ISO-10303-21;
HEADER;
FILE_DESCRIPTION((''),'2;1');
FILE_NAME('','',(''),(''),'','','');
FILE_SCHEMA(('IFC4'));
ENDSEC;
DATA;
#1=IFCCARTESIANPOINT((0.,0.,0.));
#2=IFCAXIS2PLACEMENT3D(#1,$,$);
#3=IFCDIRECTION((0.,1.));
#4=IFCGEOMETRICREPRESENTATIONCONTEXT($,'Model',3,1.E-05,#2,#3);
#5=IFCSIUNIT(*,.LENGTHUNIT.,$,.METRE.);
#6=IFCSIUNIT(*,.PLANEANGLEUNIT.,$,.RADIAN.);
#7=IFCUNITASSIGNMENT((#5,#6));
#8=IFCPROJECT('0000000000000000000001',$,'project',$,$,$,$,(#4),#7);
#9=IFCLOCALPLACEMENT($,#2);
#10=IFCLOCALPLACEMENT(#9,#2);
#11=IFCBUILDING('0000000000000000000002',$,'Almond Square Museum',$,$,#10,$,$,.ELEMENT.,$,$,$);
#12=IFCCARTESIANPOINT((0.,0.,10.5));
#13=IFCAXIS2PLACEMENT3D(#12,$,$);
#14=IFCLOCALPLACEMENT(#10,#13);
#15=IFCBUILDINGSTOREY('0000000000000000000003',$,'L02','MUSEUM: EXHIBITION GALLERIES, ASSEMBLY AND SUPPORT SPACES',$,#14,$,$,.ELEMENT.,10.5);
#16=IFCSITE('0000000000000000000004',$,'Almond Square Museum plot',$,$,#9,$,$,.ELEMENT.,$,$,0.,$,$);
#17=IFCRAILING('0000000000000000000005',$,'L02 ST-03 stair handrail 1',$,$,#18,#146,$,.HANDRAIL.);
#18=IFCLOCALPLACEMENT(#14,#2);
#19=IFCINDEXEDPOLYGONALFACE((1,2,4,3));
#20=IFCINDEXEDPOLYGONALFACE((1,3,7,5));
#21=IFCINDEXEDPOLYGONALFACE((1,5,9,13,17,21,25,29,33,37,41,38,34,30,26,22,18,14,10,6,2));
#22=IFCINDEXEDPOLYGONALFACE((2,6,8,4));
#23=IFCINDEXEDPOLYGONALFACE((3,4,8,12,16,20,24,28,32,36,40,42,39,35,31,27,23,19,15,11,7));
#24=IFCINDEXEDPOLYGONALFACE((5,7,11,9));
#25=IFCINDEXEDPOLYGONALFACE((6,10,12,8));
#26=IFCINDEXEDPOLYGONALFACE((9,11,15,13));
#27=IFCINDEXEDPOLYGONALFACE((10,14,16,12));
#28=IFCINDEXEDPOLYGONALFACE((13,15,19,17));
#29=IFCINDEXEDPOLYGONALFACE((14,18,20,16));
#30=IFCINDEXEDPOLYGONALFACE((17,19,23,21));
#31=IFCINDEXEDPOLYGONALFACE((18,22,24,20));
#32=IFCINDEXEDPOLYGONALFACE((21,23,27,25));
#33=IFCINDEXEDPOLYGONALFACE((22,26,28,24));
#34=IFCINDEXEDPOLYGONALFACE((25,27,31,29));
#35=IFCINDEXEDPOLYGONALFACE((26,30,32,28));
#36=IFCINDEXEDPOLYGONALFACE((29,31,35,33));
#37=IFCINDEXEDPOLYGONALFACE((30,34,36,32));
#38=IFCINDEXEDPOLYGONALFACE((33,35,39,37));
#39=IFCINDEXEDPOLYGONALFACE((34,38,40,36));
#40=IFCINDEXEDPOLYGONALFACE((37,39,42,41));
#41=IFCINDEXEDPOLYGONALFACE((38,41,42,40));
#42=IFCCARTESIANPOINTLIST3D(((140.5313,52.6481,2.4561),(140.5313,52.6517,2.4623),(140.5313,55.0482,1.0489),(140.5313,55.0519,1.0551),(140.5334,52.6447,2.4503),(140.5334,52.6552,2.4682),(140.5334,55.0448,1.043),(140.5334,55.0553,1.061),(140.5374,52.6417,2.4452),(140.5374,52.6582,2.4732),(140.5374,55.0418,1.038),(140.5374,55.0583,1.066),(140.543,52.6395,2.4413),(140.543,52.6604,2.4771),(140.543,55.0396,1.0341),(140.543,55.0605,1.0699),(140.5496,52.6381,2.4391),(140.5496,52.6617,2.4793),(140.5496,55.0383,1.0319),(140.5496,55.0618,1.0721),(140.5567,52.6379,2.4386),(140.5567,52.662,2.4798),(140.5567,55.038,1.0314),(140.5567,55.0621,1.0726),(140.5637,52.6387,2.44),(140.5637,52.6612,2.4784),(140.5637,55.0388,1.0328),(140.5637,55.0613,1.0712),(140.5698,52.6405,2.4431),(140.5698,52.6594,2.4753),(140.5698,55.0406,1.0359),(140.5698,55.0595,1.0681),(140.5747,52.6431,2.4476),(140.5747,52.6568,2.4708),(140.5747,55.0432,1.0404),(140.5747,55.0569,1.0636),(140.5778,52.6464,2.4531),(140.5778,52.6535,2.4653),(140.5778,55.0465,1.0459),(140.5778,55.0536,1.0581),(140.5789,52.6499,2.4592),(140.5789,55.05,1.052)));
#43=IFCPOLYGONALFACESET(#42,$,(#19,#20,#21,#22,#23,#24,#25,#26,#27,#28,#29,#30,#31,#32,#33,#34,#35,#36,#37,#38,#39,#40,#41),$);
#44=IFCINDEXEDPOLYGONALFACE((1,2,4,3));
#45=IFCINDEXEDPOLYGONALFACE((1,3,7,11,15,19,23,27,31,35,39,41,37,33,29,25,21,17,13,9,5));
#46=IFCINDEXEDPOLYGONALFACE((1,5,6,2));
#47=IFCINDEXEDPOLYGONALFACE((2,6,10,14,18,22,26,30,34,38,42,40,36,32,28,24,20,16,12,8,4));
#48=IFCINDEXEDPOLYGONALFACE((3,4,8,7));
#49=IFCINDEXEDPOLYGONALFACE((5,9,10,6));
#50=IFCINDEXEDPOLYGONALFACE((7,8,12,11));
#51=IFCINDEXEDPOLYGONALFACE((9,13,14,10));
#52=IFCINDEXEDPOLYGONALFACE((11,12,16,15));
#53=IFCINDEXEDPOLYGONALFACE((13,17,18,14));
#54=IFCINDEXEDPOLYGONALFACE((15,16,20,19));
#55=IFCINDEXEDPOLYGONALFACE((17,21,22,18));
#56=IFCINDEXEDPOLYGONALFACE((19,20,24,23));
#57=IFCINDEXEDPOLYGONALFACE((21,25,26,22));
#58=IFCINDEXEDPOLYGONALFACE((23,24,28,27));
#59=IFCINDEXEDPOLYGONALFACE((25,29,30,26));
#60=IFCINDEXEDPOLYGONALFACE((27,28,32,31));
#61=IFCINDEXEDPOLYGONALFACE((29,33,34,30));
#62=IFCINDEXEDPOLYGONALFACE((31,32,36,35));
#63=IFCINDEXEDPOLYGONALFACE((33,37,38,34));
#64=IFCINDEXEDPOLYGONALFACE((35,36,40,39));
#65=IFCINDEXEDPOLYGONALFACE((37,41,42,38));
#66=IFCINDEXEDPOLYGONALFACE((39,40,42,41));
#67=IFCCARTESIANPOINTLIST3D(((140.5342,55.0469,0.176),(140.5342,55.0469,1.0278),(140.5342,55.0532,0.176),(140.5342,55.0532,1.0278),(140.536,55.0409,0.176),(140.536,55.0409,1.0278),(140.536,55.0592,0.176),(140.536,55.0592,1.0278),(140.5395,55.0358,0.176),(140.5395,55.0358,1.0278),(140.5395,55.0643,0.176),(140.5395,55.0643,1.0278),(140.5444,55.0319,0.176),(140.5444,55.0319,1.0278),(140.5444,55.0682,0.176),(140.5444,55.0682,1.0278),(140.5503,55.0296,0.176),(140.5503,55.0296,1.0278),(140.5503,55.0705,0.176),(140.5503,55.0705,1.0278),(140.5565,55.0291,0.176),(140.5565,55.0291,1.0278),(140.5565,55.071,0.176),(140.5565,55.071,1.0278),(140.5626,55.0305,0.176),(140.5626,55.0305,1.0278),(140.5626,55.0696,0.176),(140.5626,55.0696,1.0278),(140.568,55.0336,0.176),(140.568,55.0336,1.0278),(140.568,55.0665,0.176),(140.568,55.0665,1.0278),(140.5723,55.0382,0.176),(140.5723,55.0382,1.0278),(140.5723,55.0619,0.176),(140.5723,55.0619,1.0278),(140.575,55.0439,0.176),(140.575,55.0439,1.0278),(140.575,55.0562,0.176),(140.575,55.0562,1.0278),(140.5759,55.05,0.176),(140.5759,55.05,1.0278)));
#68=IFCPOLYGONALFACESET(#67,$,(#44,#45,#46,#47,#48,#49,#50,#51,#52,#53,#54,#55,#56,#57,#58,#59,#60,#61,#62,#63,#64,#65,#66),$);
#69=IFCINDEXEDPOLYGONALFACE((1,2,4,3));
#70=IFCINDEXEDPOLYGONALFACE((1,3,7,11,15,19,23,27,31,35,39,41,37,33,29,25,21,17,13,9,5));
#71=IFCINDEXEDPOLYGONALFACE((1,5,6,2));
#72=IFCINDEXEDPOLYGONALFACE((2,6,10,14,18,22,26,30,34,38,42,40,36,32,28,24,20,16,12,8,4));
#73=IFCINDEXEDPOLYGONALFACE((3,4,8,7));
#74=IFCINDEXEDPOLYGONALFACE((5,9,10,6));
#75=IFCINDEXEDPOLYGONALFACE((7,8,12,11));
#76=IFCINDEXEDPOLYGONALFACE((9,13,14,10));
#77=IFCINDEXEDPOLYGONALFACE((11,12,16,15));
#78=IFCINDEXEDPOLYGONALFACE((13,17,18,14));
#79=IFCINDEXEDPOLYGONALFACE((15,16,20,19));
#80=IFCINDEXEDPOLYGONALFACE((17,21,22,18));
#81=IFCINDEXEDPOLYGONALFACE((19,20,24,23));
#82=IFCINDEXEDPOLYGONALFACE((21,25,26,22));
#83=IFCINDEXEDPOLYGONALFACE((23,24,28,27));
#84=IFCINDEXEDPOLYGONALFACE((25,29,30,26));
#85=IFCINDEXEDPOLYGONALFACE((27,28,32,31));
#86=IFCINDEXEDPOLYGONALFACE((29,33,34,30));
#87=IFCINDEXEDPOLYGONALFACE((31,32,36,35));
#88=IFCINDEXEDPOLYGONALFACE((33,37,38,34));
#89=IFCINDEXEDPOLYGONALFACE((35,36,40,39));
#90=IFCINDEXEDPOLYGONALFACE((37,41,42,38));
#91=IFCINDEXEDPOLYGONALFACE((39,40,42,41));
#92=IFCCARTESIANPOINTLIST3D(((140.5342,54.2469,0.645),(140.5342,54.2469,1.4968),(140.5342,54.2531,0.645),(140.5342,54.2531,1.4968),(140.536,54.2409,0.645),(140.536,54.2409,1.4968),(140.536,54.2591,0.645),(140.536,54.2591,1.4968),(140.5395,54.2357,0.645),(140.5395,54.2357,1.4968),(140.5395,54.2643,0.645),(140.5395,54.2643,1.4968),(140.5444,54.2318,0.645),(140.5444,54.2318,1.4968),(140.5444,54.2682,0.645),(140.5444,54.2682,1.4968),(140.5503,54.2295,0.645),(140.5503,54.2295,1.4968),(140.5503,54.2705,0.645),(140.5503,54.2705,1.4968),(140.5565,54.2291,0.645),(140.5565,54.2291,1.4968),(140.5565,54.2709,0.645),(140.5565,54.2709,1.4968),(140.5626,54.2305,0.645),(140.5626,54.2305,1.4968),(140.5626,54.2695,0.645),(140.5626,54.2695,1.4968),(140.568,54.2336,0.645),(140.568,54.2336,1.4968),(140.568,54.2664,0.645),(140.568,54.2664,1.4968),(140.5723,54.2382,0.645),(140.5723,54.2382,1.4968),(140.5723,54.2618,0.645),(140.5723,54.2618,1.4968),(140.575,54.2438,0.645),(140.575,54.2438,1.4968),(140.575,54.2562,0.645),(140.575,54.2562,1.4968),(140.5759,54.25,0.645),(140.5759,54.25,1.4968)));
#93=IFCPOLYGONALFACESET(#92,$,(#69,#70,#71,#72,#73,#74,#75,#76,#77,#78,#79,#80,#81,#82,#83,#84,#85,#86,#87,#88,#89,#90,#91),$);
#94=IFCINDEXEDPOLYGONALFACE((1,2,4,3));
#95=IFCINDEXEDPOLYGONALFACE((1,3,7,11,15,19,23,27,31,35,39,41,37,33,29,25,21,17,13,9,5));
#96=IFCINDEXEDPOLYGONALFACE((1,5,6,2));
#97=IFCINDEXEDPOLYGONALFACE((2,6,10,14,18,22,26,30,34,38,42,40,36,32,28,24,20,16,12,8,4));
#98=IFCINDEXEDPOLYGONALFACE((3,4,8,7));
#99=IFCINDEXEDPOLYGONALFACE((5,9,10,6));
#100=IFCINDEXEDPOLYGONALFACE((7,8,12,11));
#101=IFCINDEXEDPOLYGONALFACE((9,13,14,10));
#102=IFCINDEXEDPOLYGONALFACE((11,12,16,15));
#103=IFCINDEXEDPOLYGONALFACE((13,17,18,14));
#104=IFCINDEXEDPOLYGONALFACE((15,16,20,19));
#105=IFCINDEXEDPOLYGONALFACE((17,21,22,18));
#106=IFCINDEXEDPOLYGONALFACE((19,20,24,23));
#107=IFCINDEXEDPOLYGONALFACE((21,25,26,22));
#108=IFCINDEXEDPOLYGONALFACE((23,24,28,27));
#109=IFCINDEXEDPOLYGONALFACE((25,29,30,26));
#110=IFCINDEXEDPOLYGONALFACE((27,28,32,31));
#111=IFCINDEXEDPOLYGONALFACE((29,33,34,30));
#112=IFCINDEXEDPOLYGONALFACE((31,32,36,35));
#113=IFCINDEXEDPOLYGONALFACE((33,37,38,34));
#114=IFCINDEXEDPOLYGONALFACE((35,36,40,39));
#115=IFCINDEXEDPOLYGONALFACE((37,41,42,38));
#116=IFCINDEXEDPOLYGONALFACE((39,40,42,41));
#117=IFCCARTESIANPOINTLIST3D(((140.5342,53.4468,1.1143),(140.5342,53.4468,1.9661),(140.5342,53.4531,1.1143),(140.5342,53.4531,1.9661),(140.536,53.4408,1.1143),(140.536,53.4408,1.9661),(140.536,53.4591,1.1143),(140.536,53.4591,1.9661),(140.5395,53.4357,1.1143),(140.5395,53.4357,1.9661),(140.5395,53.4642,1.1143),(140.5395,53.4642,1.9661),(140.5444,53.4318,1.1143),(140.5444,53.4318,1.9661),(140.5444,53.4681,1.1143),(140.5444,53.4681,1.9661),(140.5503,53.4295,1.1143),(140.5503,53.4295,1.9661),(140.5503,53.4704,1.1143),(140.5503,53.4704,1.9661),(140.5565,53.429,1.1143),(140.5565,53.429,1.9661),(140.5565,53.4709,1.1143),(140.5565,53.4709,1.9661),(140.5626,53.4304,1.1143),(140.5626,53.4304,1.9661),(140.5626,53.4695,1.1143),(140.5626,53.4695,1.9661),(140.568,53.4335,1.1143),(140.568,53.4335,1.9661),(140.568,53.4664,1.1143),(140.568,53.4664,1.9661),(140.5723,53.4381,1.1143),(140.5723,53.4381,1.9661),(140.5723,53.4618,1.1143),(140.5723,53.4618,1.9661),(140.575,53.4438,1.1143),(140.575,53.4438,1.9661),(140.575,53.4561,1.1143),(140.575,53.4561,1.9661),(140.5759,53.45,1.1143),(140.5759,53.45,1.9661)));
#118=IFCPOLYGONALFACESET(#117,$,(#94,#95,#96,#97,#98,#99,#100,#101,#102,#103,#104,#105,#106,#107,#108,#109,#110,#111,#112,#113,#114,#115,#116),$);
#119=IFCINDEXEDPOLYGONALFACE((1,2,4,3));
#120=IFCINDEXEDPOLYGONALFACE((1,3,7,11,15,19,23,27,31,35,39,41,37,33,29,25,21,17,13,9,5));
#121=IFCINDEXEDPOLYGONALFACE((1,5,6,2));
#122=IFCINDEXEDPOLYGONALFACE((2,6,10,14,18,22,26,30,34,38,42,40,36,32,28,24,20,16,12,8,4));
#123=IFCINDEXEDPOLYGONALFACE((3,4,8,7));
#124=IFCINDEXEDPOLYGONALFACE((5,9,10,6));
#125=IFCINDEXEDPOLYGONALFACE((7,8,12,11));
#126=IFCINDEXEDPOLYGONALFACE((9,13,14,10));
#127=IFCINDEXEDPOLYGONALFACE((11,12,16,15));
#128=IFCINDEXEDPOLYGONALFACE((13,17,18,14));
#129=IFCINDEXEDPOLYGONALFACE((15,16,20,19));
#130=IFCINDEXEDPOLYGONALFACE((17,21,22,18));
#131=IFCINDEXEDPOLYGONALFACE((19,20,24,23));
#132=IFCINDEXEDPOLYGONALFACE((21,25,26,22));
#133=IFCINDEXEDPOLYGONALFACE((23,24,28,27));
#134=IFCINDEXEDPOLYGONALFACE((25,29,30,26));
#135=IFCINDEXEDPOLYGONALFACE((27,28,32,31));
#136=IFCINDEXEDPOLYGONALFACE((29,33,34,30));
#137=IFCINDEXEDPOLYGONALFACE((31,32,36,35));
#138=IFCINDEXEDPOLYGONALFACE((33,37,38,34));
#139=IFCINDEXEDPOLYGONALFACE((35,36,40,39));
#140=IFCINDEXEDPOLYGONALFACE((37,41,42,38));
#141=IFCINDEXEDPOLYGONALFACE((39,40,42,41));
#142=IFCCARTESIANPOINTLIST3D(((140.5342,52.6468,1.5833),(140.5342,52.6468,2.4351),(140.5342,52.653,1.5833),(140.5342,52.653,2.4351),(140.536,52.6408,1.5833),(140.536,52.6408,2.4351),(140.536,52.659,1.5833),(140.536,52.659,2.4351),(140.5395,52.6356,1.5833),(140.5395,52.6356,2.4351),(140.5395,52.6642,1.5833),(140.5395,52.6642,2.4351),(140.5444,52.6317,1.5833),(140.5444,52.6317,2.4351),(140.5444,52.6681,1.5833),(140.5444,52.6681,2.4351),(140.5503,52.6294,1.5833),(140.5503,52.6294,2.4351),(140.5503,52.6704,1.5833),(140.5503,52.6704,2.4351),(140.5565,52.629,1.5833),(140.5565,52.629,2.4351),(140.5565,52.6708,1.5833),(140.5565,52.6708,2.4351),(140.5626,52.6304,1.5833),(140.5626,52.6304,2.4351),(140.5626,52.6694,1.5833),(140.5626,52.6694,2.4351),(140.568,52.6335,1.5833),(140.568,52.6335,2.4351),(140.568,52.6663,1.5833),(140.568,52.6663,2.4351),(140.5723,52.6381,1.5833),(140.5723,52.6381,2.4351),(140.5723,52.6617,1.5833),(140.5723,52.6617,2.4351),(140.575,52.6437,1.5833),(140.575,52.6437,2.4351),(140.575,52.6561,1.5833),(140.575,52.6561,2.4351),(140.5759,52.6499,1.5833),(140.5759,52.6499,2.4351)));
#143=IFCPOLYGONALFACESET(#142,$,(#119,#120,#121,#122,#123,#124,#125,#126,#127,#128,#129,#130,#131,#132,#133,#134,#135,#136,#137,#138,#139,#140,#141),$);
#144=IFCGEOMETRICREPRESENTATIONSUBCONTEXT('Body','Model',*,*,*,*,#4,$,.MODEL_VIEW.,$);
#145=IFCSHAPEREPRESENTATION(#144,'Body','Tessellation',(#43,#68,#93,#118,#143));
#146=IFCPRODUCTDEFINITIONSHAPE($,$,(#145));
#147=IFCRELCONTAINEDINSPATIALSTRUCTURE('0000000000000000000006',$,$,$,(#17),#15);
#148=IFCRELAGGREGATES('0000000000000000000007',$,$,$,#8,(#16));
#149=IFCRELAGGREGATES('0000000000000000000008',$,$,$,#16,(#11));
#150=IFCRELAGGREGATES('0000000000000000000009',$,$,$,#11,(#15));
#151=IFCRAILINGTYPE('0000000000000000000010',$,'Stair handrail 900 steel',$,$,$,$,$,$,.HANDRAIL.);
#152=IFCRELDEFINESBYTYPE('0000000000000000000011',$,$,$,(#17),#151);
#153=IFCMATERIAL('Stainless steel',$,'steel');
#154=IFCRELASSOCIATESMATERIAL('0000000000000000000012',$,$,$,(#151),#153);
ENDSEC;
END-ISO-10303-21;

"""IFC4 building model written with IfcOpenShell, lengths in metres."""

from ifc_helpers import new_model, si_unit, direction, frame, origin, origin_2d, place, context, subcontext, project, spatial, circle, extrude, material, type_object, element, save


model = new_model("IFC4")

# Units and contexts
model_context = context("Model", 3, precision=1e-05, world=origin(), true_north=direction((0.0, 1.0)))
body_context = subcontext(model_context, "Body", "Model", "MODEL_VIEW")
ifc_project = project(units=[si_unit("LENGTHUNIT", "METRE"), si_unit("PLANEANGLEUNIT", "RADIAN")], contexts=[model_context])

# Site, building, storey
site_placement = place(None, origin())
site = spatial("IfcSite", under=ifc_project, at=site_placement, Name="Almond Square Museum plot", CompositionType="ELEMENT", RefElevation=0.0)
building_placement = place(site_placement, origin())
building = spatial("IfcBuilding", under=site, at=building_placement, Name="Almond Square Museum", CompositionType="ELEMENT")
storey_placement = place(building_placement, frame((0.0, 0.0, 10.5)))
storey = spatial("IfcBuildingStorey", under=building, at=storey_placement, Name="L02", Description="MUSEUM: EXHIBITION GALLERIES, ASSEMBLY AND SUPPORT SPACES", CompositionType="ELEMENT", Elevation=10.5)

# Railing
ifc_material_1 = material(Name="Stainless steel", Category="steel")
railing_type_1 = type_object("IfcRailingType", Name="Stair handrail 900 steel", PredefinedType="HANDRAIL", material=ifc_material_1)
railing_1_placement = place(storey_placement, frame((140.5549, 55.05, 0.176)))
element("IfcRailing", 1, at=railing_1_placement, inside=storey, type_object=railing_type_1, Name="L02 ST-03 stair handrail 1", PredefinedType="HANDRAIL", context=body_context, shape_type="SweptSolid", body=[
    extrude(circle(Radius=0.0239, at=origin_2d()), frame((0.0, 0.0, 0.876), z_axis=(0.0, -0.86266, 0.505785), x_axis=(1.0, 0.0, 0.0)), (0.0, 0.0, 1.0), 2.7822),
    extrude(circle(Radius=0.021, at=origin_2d()), origin(), (0.0, 0.0, 1.0), 0.8518),
    extrude(circle(Radius=0.021, at=origin_2d()), frame((0.0, -0.8, 0.469)), (0.0, 0.0, 1.0), 0.8518),
    extrude(circle(Radius=0.021, at=origin_2d()), frame((0.0, -1.6001, 0.9382)), (0.0, 0.0, 1.0), 0.8518),
    extrude(circle(Radius=0.021, at=origin_2d()), frame((0.0, -2.4001, 1.4072)), (0.0, 0.0, 1.0), 0.8518),
])

save(model, "model.ifc")
